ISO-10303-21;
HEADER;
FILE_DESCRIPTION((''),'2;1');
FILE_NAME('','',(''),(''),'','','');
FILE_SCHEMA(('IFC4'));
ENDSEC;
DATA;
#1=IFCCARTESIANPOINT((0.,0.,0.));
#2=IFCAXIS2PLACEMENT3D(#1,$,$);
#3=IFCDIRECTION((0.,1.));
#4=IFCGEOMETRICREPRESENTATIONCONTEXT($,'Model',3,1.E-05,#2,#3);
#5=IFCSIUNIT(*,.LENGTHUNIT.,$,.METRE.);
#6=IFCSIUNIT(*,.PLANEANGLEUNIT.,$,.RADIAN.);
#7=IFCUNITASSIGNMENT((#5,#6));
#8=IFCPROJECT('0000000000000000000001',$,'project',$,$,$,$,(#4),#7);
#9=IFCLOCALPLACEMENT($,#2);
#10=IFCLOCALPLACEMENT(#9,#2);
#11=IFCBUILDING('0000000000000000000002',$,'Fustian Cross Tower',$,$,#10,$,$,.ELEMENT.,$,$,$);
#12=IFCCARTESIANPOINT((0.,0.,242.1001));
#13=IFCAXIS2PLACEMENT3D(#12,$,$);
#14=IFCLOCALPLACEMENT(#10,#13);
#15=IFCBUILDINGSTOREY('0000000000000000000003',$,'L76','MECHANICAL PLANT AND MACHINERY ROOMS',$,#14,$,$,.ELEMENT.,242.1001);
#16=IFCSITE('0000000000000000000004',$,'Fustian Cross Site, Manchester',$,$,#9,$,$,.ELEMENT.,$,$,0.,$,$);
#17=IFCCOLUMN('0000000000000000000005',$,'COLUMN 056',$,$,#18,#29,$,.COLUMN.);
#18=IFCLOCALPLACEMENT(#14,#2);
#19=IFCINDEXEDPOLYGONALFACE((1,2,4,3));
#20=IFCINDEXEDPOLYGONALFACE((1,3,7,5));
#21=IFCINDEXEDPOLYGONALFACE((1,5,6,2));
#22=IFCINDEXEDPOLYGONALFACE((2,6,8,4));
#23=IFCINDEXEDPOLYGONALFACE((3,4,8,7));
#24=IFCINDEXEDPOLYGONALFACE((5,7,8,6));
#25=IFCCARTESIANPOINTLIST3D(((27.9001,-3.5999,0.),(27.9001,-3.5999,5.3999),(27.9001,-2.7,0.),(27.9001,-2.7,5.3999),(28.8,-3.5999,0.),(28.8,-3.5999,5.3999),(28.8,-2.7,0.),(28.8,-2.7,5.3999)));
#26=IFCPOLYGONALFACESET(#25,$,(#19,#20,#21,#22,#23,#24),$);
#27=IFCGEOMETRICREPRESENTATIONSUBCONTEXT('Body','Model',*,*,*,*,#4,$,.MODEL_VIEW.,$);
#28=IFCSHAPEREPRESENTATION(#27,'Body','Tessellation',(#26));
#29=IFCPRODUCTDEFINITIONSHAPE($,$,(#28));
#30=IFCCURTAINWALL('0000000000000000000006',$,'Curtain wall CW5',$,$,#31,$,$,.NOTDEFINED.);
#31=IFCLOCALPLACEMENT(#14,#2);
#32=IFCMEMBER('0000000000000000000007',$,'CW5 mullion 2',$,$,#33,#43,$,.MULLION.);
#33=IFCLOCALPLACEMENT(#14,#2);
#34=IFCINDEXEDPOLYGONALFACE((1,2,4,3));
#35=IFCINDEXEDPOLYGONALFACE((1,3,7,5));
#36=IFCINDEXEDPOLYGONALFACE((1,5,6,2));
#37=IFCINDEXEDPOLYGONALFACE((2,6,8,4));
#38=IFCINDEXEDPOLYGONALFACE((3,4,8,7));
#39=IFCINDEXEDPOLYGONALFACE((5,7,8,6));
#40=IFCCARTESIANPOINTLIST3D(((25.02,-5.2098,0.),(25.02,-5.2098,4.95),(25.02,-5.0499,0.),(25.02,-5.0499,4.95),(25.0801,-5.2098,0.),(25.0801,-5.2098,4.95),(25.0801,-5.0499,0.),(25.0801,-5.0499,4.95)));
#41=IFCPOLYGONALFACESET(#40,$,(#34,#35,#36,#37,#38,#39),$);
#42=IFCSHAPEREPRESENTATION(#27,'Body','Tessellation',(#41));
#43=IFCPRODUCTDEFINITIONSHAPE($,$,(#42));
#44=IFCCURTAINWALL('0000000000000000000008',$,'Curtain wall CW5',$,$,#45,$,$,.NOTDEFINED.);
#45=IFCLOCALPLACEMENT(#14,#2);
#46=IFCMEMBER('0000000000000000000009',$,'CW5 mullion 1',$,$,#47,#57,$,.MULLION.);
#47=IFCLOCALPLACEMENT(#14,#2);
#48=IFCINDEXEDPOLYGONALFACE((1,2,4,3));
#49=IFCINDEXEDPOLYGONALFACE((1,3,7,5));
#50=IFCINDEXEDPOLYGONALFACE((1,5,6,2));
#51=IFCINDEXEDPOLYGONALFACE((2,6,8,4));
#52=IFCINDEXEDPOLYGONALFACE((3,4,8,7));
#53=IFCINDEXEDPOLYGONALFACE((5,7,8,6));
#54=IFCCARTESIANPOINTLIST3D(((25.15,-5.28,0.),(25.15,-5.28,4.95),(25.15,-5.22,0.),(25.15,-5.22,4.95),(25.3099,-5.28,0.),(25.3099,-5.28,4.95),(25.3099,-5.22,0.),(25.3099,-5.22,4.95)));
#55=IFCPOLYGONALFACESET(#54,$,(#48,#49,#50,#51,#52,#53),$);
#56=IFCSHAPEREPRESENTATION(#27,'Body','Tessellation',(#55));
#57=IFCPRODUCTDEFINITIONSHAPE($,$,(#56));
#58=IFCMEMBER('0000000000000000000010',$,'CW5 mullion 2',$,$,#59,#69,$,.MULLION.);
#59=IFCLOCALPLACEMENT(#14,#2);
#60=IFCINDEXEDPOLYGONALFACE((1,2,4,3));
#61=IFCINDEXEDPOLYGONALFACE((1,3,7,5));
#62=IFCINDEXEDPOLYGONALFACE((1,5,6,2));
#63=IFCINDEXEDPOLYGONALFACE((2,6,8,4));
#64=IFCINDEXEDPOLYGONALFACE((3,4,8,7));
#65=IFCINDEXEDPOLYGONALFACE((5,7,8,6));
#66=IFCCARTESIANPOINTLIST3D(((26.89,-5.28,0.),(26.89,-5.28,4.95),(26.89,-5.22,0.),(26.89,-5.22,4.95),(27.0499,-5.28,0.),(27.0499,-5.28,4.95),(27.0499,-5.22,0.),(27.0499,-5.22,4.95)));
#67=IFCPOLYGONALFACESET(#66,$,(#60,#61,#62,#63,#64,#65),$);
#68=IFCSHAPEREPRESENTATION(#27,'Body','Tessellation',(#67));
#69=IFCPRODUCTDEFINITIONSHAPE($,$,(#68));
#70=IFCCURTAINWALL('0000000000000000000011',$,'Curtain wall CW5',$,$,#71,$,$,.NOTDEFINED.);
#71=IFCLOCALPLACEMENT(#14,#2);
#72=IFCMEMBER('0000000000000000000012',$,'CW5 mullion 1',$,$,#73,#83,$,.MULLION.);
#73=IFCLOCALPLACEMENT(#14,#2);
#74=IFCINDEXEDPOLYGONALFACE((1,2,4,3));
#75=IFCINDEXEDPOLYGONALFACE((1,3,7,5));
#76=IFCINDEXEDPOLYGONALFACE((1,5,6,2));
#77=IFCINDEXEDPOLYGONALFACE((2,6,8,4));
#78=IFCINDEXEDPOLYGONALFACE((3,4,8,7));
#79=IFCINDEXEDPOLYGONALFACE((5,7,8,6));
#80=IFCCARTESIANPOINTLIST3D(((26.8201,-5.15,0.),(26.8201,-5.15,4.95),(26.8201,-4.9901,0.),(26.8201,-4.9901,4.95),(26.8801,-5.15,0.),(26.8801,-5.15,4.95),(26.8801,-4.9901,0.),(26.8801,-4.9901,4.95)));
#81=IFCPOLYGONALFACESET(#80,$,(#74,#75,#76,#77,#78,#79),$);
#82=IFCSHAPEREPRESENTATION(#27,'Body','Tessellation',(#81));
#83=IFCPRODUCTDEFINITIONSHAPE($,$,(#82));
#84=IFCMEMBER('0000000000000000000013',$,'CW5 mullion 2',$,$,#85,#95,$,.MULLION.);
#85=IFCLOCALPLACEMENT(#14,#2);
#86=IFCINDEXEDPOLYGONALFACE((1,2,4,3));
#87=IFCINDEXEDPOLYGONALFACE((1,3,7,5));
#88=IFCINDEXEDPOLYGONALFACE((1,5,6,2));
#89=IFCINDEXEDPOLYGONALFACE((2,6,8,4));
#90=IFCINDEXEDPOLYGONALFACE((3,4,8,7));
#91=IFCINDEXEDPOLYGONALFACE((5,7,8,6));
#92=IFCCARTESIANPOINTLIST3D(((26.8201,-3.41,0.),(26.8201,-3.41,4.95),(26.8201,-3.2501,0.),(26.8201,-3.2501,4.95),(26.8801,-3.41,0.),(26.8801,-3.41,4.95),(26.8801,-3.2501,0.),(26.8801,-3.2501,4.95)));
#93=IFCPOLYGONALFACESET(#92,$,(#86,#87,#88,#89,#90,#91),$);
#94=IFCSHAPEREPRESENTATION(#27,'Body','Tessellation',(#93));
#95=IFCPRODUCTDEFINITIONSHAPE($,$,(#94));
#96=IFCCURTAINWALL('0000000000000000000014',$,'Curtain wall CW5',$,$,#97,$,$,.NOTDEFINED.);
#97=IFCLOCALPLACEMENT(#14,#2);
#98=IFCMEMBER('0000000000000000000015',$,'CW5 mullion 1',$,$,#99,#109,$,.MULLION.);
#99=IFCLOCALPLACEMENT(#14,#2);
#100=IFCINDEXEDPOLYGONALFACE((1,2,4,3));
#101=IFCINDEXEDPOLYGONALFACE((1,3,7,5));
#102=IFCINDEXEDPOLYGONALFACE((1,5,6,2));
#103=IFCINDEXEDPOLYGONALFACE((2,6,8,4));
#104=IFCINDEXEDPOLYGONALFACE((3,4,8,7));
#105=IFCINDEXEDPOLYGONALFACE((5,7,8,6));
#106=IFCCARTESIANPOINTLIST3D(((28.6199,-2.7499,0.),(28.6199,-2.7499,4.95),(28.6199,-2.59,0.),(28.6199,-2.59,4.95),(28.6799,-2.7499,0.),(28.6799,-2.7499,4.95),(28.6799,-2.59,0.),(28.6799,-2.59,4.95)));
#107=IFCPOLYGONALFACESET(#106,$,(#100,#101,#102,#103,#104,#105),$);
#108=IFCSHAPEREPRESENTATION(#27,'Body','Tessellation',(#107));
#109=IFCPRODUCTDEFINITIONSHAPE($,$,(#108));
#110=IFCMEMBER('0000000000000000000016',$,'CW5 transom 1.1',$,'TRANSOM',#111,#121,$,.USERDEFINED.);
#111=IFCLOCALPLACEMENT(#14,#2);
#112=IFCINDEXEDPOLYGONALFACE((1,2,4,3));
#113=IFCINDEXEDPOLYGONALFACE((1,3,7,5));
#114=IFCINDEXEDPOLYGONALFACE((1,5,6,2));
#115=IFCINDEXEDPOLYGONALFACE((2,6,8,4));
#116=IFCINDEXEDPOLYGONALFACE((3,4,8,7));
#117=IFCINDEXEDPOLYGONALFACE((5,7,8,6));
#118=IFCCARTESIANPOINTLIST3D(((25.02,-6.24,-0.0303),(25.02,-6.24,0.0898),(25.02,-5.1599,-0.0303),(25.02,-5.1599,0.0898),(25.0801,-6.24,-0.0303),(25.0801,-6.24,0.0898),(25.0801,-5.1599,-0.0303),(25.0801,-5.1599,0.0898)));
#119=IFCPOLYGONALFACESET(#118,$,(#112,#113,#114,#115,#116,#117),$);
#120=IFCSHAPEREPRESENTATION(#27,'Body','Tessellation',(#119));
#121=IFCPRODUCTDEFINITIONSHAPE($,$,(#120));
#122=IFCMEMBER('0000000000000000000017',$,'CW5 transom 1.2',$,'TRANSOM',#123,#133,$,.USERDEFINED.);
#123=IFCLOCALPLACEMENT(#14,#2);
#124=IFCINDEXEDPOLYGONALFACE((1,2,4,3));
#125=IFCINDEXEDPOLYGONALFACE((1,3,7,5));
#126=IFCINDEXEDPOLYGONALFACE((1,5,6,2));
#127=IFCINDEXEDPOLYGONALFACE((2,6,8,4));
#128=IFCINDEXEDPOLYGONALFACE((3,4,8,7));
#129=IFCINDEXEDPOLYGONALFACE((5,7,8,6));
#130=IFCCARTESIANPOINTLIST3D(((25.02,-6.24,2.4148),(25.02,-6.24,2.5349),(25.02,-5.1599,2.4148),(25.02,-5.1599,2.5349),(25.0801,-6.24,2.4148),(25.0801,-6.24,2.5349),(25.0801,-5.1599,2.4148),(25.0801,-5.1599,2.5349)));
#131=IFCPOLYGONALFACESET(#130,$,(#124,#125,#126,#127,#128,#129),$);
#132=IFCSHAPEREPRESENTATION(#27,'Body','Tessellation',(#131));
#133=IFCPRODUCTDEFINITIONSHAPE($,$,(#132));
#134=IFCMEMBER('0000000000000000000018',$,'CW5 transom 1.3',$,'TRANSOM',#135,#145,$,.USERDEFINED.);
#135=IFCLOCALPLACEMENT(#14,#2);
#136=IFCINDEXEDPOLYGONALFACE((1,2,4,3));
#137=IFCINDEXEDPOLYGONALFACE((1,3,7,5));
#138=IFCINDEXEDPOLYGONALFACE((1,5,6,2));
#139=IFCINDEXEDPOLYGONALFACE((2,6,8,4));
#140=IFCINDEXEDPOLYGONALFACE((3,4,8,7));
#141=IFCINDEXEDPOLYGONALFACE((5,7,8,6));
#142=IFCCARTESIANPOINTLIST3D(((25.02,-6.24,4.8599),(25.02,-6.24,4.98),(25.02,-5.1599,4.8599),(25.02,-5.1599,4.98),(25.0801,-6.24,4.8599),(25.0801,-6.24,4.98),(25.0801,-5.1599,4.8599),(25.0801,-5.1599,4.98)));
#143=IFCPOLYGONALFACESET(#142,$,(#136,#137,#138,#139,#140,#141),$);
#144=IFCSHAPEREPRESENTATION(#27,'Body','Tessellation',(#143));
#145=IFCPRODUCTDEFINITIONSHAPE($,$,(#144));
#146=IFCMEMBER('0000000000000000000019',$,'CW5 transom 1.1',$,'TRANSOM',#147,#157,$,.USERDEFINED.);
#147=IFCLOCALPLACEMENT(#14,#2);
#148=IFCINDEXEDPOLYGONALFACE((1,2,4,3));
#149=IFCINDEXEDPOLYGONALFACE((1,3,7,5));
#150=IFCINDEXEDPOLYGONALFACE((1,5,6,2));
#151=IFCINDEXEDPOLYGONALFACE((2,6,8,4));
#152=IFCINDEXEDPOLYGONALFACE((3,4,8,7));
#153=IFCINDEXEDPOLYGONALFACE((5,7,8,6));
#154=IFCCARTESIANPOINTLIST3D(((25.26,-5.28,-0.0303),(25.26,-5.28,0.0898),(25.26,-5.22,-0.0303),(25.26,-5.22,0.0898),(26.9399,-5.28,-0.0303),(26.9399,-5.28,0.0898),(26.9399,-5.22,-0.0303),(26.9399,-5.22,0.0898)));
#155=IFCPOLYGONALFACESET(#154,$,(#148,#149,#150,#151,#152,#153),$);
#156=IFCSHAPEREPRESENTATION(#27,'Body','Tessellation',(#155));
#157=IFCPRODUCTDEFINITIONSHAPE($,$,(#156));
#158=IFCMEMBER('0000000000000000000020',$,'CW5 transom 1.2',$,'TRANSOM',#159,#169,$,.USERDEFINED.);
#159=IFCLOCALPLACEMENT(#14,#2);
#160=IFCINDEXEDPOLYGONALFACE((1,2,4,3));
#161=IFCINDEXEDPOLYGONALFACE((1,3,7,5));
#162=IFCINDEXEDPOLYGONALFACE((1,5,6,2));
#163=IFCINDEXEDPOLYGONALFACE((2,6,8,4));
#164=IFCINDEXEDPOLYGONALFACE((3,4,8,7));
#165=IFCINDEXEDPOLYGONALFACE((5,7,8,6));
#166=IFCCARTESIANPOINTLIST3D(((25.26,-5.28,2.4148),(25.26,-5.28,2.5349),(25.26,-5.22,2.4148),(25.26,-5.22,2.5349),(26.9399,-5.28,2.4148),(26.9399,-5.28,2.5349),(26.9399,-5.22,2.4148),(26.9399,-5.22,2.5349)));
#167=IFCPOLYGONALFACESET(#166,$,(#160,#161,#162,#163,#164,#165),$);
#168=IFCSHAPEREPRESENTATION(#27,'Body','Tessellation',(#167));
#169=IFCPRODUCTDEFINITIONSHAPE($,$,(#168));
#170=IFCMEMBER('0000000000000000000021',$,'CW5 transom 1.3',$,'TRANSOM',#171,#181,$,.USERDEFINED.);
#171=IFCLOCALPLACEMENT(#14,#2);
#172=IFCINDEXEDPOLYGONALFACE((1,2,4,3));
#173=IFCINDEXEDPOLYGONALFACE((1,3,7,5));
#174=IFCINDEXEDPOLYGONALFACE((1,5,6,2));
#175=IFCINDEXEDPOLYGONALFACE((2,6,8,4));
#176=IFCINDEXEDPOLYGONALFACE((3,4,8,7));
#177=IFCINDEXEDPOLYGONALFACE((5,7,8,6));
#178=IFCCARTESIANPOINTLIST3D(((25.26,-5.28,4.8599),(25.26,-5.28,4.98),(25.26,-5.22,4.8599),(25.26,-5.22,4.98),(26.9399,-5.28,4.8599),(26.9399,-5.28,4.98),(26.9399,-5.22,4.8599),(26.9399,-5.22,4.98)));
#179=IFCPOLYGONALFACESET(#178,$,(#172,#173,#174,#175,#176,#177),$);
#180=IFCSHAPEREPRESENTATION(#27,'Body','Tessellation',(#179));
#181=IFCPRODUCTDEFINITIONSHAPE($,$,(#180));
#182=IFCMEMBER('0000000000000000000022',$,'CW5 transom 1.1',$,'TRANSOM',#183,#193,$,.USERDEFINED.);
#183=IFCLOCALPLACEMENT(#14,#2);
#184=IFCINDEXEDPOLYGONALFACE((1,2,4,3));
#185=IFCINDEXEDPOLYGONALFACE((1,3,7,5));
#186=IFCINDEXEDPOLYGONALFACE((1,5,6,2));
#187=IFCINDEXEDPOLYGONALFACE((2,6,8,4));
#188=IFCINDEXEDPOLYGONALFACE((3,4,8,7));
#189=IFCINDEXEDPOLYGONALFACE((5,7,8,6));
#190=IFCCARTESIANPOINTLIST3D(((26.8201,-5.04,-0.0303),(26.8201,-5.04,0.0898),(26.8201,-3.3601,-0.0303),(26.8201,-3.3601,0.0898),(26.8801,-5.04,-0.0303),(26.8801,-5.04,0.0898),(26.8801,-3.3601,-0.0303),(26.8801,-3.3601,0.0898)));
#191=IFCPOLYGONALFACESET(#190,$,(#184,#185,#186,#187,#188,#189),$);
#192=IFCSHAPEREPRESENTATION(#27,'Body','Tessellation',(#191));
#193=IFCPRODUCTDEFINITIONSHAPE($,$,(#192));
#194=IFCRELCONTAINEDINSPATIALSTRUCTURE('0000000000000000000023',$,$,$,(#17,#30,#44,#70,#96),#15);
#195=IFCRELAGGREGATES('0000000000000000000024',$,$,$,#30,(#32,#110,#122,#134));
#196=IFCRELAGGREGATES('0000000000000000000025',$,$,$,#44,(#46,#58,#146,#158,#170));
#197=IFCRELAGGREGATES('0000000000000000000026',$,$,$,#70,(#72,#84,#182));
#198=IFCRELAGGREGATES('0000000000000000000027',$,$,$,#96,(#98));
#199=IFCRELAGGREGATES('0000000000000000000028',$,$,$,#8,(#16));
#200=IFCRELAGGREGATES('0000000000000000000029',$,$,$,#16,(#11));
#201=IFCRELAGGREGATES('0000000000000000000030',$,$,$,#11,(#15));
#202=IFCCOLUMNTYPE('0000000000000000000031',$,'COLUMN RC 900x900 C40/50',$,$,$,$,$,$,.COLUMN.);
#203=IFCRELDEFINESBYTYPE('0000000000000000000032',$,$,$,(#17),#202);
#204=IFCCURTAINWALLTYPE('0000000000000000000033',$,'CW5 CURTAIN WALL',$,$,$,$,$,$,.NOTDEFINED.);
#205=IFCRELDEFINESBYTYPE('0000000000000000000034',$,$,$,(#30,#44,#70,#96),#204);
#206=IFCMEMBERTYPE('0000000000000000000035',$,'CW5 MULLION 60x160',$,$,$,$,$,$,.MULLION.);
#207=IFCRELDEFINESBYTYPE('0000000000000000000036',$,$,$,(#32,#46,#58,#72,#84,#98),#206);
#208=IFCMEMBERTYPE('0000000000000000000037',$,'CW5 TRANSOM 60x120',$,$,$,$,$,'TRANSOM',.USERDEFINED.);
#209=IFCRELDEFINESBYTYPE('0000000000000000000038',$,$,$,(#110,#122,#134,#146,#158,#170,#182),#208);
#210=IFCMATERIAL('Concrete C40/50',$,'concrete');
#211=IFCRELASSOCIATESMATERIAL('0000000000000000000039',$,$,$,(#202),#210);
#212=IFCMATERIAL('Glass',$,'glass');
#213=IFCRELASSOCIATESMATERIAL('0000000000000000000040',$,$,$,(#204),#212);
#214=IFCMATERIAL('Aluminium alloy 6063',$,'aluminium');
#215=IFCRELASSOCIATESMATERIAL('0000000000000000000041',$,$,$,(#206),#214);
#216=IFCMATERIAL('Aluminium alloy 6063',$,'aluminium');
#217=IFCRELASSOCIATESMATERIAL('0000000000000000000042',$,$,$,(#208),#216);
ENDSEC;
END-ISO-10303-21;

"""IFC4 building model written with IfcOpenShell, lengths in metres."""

from ifc_helpers import new_model, si_unit, direction, frame, origin, origin_2d, place, context, subcontext, project, spatial, rectangle, extrude, material, material_profile, profile_set, type_object, element, aggregate, save


model = new_model("IFC4")

# Units and contexts
model_context = context("Model", 3, precision=1e-05, world=origin(), true_north=direction((0.0, 1.0)))
body_context = subcontext(model_context, "Body", "Model", "MODEL_VIEW")
ifc_project = project(units=[si_unit("LENGTHUNIT", "METRE"), si_unit("PLANEANGLEUNIT", "RADIAN")], contexts=[model_context])

# Site, building, storey
site_placement = place(None, origin())
site = spatial("IfcSite", under=ifc_project, at=site_placement, Name="Fustian Cross Site, Manchester", CompositionType="ELEMENT", RefElevation=0.0)
building_placement = place(site_placement, origin())
building = spatial("IfcBuilding", under=site, at=building_placement, Name="Fustian Cross Tower", CompositionType="ELEMENT")
storey_placement = place(building_placement, frame((0.0, 0.0, 242.1001)))
storey = spatial("IfcBuildingStorey", under=building, at=storey_placement, Name="L76", Description="MECHANICAL PLANT AND MACHINERY ROOMS", CompositionType="ELEMENT", Elevation=242.1001)

# Column
ifc_material_1 = material(Name="Concrete C40/50", Category="concrete")
ifc_material_profile_1 = material_profile(ifc_material_1, rectangle(XDim=0.8999, YDim=0.8999, at=origin_2d()), Name="RC 900x900")
ifc_profile_set_1 = profile_set([ifc_material_profile_1], Name="Concrete C40/50")
column_type = type_object("IfcColumnType", Name="COLUMN RC 900x900 C40/50", PredefinedType="COLUMN", material=ifc_profile_set_1)
column_placement = place(storey_placement, frame((28.3501, -3.1499, 0.0), z_axis=(0.0, 0.0, 1.0), x_axis=(1.0, 0.0, 0.0)))
element("IfcColumn", 1, at=column_placement, inside=storey, type_object=column_type, Name="COLUMN 056", PredefinedType="COLUMN", context=body_context, shape_type="SweptSolid", body=[
    extrude(rectangle(XDim=0.8999, YDim=0.8999, at=origin_2d()), origin(), (0.0, 0.0, 1.0), 5.3999),
])

# Curtain wall, member
ifc_material_2 = material(Name="Glass", Category="glass")
curtain_wall_type = type_object("IfcCurtainWallType", Name="CW5 CURTAIN WALL", PredefinedType="NOTDEFINED", material=ifc_material_2)
curtain_wall_1_placement = place(storey_placement, origin())
curtain_wall_1 = element("IfcCurtainWall", 2, at=curtain_wall_1_placement, inside=storey, type_object=curtain_wall_type, Name="Curtain wall CW5", PredefinedType="NOTDEFINED")
ifc_material_3 = material(Name="Aluminium alloy 6063", Category="aluminium")
ifc_material_profile_2 = material_profile(ifc_material_3, rectangle(XDim=0.0601, YDim=0.1599, at=origin_2d()), Name="CW5 MULLION 60x160")
ifc_profile_set_2 = profile_set([ifc_material_profile_2], Name="Aluminium alloy 6063")
member_type_1 = type_object("IfcMemberType", Name="CW5 MULLION 60x160", PredefinedType="MULLION", material=ifc_profile_set_2)
member_1_placement = place(storey_placement, frame((25.05, -5.1299, 0.0), z_axis=(0.0, 0.0, 1.0), x_axis=(-1.0, 0.0, 0.0)))
member_1 = element("IfcMember", 3, at=member_1_placement, type_object=member_type_1, Name="CW5 mullion 2", PredefinedType="MULLION", context=body_context, shape_type="SweptSolid", body=[
    extrude(rectangle(XDim=0.0601, YDim=0.1599, at=origin_2d()), origin(), (0.0, 0.0, 1.0), 4.95),
])

# Curtain walls, members
curtain_wall_2_placement = place(storey_placement, origin())
curtain_wall_2 = element("IfcCurtainWall", 4, at=curtain_wall_2_placement, inside=storey, type_object=curtain_wall_type, Name="Curtain wall CW5", PredefinedType="NOTDEFINED")
member_2_placement = place(storey_placement, frame((25.23, -5.25, 0.0), z_axis=(0.0, 0.0, 1.0), x_axis=(0.0, 1.0, 0.0)))
member_2 = element("IfcMember", 5, at=member_2_placement, type_object=member_type_1, Name="CW5 mullion 1", PredefinedType="MULLION", context=body_context, shape_type="SweptSolid", body=[
    extrude(rectangle(XDim=0.0601, YDim=0.1599, at=origin_2d()), origin(), (0.0, 0.0, 1.0), 4.95),
])
member_3_placement = place(storey_placement, frame((26.97, -5.25, 0.0), z_axis=(0.0, 0.0, 1.0), x_axis=(0.0, 1.0, 0.0)))
member_3 = element("IfcMember", 6, at=member_3_placement, type_object=member_type_1, Name="CW5 mullion 2", PredefinedType="MULLION", context=body_context, shape_type="SweptSolid", body=[
    extrude(rectangle(XDim=0.0601, YDim=0.1599, at=origin_2d()), origin(), (0.0, 0.0, 1.0), 4.95),
])
curtain_wall_3_placement = place(storey_placement, origin())
curtain_wall_3 = element("IfcCurtainWall", 7, at=curtain_wall_3_placement, inside=storey, type_object=curtain_wall_type, Name="Curtain wall CW5", PredefinedType="NOTDEFINED")
member_4_placement = place(storey_placement, frame((26.8501, -5.0701, 0.0), z_axis=(0.0, 0.0, 1.0), x_axis=(-1.0, 0.0, 0.0)))
member_4 = element("IfcMember", 8, at=member_4_placement, type_object=member_type_1, Name="CW5 mullion 1", PredefinedType="MULLION", context=body_context, shape_type="SweptSolid", body=[
    extrude(rectangle(XDim=0.0601, YDim=0.1599, at=origin_2d()), origin(), (0.0, 0.0, 1.0), 4.95),
])
member_5_placement = place(storey_placement, frame((26.8501, -3.3301, 0.0), z_axis=(0.0, 0.0, 1.0), x_axis=(-1.0, 0.0, 0.0)))
member_5 = element("IfcMember", 9, at=member_5_placement, type_object=member_type_1, Name="CW5 mullion 2", PredefinedType="MULLION", context=body_context, shape_type="SweptSolid", body=[
    extrude(rectangle(XDim=0.0601, YDim=0.1599, at=origin_2d()), origin(), (0.0, 0.0, 1.0), 4.95),
])

# Curtain wall, member
curtain_wall_4_placement = place(storey_placement, origin())
curtain_wall_4 = element("IfcCurtainWall", 10, at=curtain_wall_4_placement, inside=storey, type_object=curtain_wall_type, Name="Curtain wall CW5", PredefinedType="NOTDEFINED")
member_6_placement = place(storey_placement, frame((28.6499, -2.6699, 0.0), z_axis=(0.0, 0.0, 1.0), x_axis=(-1.0, 0.0, 0.0)))
member_6 = element("IfcMember", 11, at=member_6_placement, type_object=member_type_1, Name="CW5 mullion 1", PredefinedType="MULLION", context=body_context, shape_type="SweptSolid", body=[
    extrude(rectangle(XDim=0.0601, YDim=0.1599, at=origin_2d()), origin(), (0.0, 0.0, 1.0), 4.95),
])

# Members
ifc_material_4 = material(Name="Aluminium alloy 6063", Category="aluminium")
ifc_material_profile_3 = material_profile(ifc_material_4, rectangle(XDim=0.0601, YDim=0.1201, at=origin_2d()), Name="CW5 TRANSOM 60x120")
ifc_profile_set_3 = profile_set([ifc_material_profile_3], Name="Aluminium alloy 6063")
member_type_2 = type_object("IfcMemberType", Name="CW5 TRANSOM 60x120", ElementType="TRANSOM", PredefinedType="USERDEFINED", material=ifc_profile_set_3)
member_7_placement = place(storey_placement, frame((25.05, -6.24, 0.0298), z_axis=(0.0, 1.0, 0.0), x_axis=(-1.0, 0.0, 0.0)))
member_7 = element("IfcMember", 12, at=member_7_placement, type_object=member_type_2, Name="CW5 transom 1.1", ObjectType="TRANSOM", PredefinedType="USERDEFINED", context=body_context, shape_type="SweptSolid", body=[
    extrude(rectangle(XDim=0.0601, YDim=0.1201, at=origin_2d()), origin(), (0.0, 0.0, 1.0), 1.0801),
])
member_8_placement = place(storey_placement, frame((25.05, -6.24, 2.4749), z_axis=(0.0, 1.0, 0.0), x_axis=(-1.0, 0.0, 0.0)))
member_8 = element("IfcMember", 13, at=member_8_placement, type_object=member_type_2, Name="CW5 transom 1.2", ObjectType="TRANSOM", PredefinedType="USERDEFINED", context=body_context, shape_type="SweptSolid", body=[
    extrude(rectangle(XDim=0.0601, YDim=0.1201, at=origin_2d()), origin(), (0.0, 0.0, 1.0), 1.0801),
])
member_9_placement = place(storey_placement, frame((25.05, -6.24, 4.9199), z_axis=(0.0, 1.0, 0.0), x_axis=(-1.0, 0.0, 0.0)))
member_9 = element("IfcMember", 14, at=member_9_placement, type_object=member_type_2, Name="CW5 transom 1.3", ObjectType="TRANSOM", PredefinedType="USERDEFINED", context=body_context, shape_type="SweptSolid", body=[
    extrude(rectangle(XDim=0.0601, YDim=0.1201, at=origin_2d()), origin(), (0.0, 0.0, 1.0), 1.0801),
])
member_10_placement = place(storey_placement, frame((25.26, -5.25, 0.0298), z_axis=(1.0, 0.0, 0.0), x_axis=(0.0, 1.0, 0.0)))
member_10 = element("IfcMember", 15, at=member_10_placement, type_object=member_type_2, Name="CW5 transom 1.1", ObjectType="TRANSOM", PredefinedType="USERDEFINED", context=body_context, shape_type="SweptSolid", body=[
    extrude(rectangle(XDim=0.0601, YDim=0.1201, at=origin_2d()), origin(), (0.0, 0.0, 1.0), 1.6799),
])
member_11_placement = place(storey_placement, frame((25.26, -5.25, 2.4749), z_axis=(1.0, 0.0, 0.0), x_axis=(0.0, 1.0, 0.0)))
member_11 = element("IfcMember", 16, at=member_11_placement, type_object=member_type_2, Name="CW5 transom 1.2", ObjectType="TRANSOM", PredefinedType="USERDEFINED", context=body_context, shape_type="SweptSolid", body=[
    extrude(rectangle(XDim=0.0601, YDim=0.1201, at=origin_2d()), origin(), (0.0, 0.0, 1.0), 1.6799),
])
member_12_placement = place(storey_placement, frame((25.26, -5.25, 4.9199), z_axis=(1.0, 0.0, 0.0), x_axis=(0.0, 1.0, 0.0)))
member_12 = element("IfcMember", 17, at=member_12_placement, type_object=member_type_2, Name="CW5 transom 1.3", ObjectType="TRANSOM", PredefinedType="USERDEFINED", context=body_context, shape_type="SweptSolid", body=[
    extrude(rectangle(XDim=0.0601, YDim=0.1201, at=origin_2d()), origin(), (0.0, 0.0, 1.0), 1.6799),
])
member_13_placement = place(storey_placement, frame((26.8501, -5.04, 0.0298), z_axis=(0.0, 1.0, 0.0), x_axis=(-1.0, 0.0, 0.0)))
member_13 = element("IfcMember", 18, at=member_13_placement, type_object=member_type_2, Name="CW5 transom 1.1", ObjectType="TRANSOM", PredefinedType="USERDEFINED", context=body_context, shape_type="SweptSolid", body=[
    extrude(rectangle(XDim=0.0601, YDim=0.1201, at=origin_2d()), origin(), (0.0, 0.0, 1.0), 1.6799),
])

aggregate(curtain_wall_1, [member_1, member_7, member_8, member_9])
aggregate(curtain_wall_2, [member_2, member_3, member_10, member_11, member_12])
aggregate(curtain_wall_3, [member_4, member_5, member_13])
aggregate(curtain_wall_4, [member_6])

save(model, "model.ifc")
